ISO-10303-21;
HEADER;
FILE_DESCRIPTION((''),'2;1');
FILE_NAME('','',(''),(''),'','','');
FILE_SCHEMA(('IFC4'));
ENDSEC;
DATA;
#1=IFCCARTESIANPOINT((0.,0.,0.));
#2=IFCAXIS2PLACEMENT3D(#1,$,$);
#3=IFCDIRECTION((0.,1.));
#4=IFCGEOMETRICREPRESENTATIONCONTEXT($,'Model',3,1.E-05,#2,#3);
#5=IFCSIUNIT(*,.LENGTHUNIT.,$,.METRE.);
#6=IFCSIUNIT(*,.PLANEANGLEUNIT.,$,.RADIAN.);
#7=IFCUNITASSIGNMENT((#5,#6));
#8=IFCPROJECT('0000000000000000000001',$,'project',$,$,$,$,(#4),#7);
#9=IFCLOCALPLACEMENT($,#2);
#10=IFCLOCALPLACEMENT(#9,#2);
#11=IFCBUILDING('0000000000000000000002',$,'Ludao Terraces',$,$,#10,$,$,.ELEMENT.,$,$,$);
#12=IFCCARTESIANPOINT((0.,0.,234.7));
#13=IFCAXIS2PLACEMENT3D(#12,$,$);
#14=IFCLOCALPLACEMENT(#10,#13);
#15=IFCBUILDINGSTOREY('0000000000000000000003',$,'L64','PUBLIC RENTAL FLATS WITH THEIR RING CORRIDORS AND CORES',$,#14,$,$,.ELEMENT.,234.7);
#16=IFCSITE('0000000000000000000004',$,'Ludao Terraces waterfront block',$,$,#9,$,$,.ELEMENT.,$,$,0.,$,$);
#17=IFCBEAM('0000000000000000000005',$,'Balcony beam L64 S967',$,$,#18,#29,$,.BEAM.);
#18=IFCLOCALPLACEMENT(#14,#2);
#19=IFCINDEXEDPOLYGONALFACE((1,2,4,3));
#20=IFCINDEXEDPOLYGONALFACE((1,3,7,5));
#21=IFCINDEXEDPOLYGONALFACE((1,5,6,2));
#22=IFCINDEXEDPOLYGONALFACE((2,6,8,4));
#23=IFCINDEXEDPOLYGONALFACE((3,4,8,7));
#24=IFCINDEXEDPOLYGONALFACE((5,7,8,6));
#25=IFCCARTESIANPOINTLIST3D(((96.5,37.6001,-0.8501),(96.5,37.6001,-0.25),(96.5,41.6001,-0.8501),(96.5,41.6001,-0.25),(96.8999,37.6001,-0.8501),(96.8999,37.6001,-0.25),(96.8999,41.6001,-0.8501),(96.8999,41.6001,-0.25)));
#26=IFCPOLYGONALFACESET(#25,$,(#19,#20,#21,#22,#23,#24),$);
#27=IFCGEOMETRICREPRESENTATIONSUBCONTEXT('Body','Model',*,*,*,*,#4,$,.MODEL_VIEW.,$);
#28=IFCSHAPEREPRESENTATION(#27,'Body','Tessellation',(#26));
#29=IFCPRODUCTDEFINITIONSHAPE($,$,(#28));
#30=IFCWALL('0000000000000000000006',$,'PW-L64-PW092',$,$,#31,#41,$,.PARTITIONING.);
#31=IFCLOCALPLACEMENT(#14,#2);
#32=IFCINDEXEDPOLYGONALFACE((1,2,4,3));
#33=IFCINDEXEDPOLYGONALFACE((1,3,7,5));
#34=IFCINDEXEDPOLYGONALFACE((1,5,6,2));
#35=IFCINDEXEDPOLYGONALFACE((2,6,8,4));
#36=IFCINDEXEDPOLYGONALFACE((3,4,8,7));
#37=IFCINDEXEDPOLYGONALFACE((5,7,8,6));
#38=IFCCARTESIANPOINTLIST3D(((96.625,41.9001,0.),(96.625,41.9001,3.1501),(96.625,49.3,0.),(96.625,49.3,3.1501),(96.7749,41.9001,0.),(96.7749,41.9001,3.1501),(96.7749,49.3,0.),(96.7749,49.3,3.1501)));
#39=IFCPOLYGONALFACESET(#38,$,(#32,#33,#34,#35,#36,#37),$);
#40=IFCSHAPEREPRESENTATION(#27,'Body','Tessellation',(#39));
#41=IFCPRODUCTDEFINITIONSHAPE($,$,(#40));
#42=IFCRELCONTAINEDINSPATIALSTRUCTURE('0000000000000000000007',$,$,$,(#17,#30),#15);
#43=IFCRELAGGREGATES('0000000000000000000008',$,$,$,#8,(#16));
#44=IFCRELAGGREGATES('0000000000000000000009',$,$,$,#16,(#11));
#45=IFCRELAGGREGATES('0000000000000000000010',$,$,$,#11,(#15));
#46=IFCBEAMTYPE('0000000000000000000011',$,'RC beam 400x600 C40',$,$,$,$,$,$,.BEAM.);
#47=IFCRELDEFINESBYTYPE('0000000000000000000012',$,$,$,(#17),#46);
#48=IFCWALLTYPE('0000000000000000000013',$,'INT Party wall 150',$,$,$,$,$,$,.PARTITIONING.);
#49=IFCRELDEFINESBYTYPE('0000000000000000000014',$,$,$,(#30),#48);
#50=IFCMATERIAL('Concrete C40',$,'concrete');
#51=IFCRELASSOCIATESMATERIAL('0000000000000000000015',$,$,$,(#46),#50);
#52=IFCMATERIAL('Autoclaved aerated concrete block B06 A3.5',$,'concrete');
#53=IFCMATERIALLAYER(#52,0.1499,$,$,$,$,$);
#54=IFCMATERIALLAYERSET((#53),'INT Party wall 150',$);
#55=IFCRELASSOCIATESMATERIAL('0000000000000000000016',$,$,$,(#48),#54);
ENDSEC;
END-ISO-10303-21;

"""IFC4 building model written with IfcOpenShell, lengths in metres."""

from ifc_helpers import new_model, si_unit, direction, frame, frame_2d, origin, origin_2d, place, context, subcontext, project, spatial, rectangle, extrude, material, layer, layer_set, material_profile, profile_set, type_object, element, save


model = new_model("IFC4")

# Units and contexts
model_context = context("Model", 3, precision=1e-05, world=origin(), true_north=direction((0.0, 1.0)))
body_context = subcontext(model_context, "Body", "Model", "MODEL_VIEW")
ifc_project = project(units=[si_unit("LENGTHUNIT", "METRE"), si_unit("PLANEANGLEUNIT", "RADIAN")], contexts=[model_context])

# Site, building, storey
site_placement = place(None, origin())
site = spatial("IfcSite", under=ifc_project, at=site_placement, Name="Ludao Terraces waterfront block", CompositionType="ELEMENT", RefElevation=0.0)
building_placement = place(site_placement, origin())
building = spatial("IfcBuilding", under=site, at=building_placement, Name="Ludao Terraces", CompositionType="ELEMENT")
storey_placement = place(building_placement, frame((0.0, 0.0, 234.7)))
storey = spatial("IfcBuildingStorey", under=building, at=storey_placement, Name="L64", Description="PUBLIC RENTAL FLATS WITH THEIR RING CORRIDORS AND CORES", CompositionType="ELEMENT", Elevation=234.7)

# Beam
ifc_material_1 = material(Name="Concrete C40", Category="concrete")
ifc_material_profile = material_profile(ifc_material_1, rectangle(XDim=0.3999, YDim=0.6001, at=origin_2d()), Name="400 X 600")
ifc_profile_set = profile_set([ifc_material_profile], Name="Concrete C40")
beam_type = type_object("IfcBeamType", Name="RC beam 400x600 C40", PredefinedType="BEAM", material=ifc_profile_set)
beam_placement = place(storey_placement, frame((96.7, 41.6001, -0.55), z_axis=(0.0, -1.0, 0.0), x_axis=(1.0, 0.0, 0.0)))
element("IfcBeam", 1, at=beam_placement, inside=storey, type_object=beam_type, Name="Balcony beam L64 S967", PredefinedType="BEAM", context=body_context, shape_type="SweptSolid", body=[
    extrude(rectangle(XDim=0.3999, YDim=0.6001, at=origin_2d()), origin(), (0.0, 0.0, 1.0), 4.0),
])

# Wall
ifc_material_2 = material(Name="Autoclaved aerated concrete block B06 A3.5", Category="concrete")
ifc_layer = layer(ifc_material_2, 0.1499)
ifc_layer_set = layer_set([ifc_layer], Name="INT Party wall 150")
wall_type = type_object("IfcWallType", Name="INT Party wall 150", PredefinedType="PARTITIONING", material=ifc_layer_set)
wall_placement = place(storey_placement, frame((96.7, 41.9001, 0.0), z_axis=(0.0, 0.0, 1.0), x_axis=(0.0, 1.0, 0.0)))
element("IfcWall", 2, at=wall_placement, inside=storey, type_object=wall_type, Name="PW-L64-PW092", PredefinedType="PARTITIONING", context=body_context, shape_type="SweptSolid", body=[
    extrude(rectangle(XDim=7.3999, YDim=0.1499, at=frame_2d((3.7, 0.0))), origin(), (0.0, 0.0, 1.0), 3.1501),
])

save(model, "model.ifc")
